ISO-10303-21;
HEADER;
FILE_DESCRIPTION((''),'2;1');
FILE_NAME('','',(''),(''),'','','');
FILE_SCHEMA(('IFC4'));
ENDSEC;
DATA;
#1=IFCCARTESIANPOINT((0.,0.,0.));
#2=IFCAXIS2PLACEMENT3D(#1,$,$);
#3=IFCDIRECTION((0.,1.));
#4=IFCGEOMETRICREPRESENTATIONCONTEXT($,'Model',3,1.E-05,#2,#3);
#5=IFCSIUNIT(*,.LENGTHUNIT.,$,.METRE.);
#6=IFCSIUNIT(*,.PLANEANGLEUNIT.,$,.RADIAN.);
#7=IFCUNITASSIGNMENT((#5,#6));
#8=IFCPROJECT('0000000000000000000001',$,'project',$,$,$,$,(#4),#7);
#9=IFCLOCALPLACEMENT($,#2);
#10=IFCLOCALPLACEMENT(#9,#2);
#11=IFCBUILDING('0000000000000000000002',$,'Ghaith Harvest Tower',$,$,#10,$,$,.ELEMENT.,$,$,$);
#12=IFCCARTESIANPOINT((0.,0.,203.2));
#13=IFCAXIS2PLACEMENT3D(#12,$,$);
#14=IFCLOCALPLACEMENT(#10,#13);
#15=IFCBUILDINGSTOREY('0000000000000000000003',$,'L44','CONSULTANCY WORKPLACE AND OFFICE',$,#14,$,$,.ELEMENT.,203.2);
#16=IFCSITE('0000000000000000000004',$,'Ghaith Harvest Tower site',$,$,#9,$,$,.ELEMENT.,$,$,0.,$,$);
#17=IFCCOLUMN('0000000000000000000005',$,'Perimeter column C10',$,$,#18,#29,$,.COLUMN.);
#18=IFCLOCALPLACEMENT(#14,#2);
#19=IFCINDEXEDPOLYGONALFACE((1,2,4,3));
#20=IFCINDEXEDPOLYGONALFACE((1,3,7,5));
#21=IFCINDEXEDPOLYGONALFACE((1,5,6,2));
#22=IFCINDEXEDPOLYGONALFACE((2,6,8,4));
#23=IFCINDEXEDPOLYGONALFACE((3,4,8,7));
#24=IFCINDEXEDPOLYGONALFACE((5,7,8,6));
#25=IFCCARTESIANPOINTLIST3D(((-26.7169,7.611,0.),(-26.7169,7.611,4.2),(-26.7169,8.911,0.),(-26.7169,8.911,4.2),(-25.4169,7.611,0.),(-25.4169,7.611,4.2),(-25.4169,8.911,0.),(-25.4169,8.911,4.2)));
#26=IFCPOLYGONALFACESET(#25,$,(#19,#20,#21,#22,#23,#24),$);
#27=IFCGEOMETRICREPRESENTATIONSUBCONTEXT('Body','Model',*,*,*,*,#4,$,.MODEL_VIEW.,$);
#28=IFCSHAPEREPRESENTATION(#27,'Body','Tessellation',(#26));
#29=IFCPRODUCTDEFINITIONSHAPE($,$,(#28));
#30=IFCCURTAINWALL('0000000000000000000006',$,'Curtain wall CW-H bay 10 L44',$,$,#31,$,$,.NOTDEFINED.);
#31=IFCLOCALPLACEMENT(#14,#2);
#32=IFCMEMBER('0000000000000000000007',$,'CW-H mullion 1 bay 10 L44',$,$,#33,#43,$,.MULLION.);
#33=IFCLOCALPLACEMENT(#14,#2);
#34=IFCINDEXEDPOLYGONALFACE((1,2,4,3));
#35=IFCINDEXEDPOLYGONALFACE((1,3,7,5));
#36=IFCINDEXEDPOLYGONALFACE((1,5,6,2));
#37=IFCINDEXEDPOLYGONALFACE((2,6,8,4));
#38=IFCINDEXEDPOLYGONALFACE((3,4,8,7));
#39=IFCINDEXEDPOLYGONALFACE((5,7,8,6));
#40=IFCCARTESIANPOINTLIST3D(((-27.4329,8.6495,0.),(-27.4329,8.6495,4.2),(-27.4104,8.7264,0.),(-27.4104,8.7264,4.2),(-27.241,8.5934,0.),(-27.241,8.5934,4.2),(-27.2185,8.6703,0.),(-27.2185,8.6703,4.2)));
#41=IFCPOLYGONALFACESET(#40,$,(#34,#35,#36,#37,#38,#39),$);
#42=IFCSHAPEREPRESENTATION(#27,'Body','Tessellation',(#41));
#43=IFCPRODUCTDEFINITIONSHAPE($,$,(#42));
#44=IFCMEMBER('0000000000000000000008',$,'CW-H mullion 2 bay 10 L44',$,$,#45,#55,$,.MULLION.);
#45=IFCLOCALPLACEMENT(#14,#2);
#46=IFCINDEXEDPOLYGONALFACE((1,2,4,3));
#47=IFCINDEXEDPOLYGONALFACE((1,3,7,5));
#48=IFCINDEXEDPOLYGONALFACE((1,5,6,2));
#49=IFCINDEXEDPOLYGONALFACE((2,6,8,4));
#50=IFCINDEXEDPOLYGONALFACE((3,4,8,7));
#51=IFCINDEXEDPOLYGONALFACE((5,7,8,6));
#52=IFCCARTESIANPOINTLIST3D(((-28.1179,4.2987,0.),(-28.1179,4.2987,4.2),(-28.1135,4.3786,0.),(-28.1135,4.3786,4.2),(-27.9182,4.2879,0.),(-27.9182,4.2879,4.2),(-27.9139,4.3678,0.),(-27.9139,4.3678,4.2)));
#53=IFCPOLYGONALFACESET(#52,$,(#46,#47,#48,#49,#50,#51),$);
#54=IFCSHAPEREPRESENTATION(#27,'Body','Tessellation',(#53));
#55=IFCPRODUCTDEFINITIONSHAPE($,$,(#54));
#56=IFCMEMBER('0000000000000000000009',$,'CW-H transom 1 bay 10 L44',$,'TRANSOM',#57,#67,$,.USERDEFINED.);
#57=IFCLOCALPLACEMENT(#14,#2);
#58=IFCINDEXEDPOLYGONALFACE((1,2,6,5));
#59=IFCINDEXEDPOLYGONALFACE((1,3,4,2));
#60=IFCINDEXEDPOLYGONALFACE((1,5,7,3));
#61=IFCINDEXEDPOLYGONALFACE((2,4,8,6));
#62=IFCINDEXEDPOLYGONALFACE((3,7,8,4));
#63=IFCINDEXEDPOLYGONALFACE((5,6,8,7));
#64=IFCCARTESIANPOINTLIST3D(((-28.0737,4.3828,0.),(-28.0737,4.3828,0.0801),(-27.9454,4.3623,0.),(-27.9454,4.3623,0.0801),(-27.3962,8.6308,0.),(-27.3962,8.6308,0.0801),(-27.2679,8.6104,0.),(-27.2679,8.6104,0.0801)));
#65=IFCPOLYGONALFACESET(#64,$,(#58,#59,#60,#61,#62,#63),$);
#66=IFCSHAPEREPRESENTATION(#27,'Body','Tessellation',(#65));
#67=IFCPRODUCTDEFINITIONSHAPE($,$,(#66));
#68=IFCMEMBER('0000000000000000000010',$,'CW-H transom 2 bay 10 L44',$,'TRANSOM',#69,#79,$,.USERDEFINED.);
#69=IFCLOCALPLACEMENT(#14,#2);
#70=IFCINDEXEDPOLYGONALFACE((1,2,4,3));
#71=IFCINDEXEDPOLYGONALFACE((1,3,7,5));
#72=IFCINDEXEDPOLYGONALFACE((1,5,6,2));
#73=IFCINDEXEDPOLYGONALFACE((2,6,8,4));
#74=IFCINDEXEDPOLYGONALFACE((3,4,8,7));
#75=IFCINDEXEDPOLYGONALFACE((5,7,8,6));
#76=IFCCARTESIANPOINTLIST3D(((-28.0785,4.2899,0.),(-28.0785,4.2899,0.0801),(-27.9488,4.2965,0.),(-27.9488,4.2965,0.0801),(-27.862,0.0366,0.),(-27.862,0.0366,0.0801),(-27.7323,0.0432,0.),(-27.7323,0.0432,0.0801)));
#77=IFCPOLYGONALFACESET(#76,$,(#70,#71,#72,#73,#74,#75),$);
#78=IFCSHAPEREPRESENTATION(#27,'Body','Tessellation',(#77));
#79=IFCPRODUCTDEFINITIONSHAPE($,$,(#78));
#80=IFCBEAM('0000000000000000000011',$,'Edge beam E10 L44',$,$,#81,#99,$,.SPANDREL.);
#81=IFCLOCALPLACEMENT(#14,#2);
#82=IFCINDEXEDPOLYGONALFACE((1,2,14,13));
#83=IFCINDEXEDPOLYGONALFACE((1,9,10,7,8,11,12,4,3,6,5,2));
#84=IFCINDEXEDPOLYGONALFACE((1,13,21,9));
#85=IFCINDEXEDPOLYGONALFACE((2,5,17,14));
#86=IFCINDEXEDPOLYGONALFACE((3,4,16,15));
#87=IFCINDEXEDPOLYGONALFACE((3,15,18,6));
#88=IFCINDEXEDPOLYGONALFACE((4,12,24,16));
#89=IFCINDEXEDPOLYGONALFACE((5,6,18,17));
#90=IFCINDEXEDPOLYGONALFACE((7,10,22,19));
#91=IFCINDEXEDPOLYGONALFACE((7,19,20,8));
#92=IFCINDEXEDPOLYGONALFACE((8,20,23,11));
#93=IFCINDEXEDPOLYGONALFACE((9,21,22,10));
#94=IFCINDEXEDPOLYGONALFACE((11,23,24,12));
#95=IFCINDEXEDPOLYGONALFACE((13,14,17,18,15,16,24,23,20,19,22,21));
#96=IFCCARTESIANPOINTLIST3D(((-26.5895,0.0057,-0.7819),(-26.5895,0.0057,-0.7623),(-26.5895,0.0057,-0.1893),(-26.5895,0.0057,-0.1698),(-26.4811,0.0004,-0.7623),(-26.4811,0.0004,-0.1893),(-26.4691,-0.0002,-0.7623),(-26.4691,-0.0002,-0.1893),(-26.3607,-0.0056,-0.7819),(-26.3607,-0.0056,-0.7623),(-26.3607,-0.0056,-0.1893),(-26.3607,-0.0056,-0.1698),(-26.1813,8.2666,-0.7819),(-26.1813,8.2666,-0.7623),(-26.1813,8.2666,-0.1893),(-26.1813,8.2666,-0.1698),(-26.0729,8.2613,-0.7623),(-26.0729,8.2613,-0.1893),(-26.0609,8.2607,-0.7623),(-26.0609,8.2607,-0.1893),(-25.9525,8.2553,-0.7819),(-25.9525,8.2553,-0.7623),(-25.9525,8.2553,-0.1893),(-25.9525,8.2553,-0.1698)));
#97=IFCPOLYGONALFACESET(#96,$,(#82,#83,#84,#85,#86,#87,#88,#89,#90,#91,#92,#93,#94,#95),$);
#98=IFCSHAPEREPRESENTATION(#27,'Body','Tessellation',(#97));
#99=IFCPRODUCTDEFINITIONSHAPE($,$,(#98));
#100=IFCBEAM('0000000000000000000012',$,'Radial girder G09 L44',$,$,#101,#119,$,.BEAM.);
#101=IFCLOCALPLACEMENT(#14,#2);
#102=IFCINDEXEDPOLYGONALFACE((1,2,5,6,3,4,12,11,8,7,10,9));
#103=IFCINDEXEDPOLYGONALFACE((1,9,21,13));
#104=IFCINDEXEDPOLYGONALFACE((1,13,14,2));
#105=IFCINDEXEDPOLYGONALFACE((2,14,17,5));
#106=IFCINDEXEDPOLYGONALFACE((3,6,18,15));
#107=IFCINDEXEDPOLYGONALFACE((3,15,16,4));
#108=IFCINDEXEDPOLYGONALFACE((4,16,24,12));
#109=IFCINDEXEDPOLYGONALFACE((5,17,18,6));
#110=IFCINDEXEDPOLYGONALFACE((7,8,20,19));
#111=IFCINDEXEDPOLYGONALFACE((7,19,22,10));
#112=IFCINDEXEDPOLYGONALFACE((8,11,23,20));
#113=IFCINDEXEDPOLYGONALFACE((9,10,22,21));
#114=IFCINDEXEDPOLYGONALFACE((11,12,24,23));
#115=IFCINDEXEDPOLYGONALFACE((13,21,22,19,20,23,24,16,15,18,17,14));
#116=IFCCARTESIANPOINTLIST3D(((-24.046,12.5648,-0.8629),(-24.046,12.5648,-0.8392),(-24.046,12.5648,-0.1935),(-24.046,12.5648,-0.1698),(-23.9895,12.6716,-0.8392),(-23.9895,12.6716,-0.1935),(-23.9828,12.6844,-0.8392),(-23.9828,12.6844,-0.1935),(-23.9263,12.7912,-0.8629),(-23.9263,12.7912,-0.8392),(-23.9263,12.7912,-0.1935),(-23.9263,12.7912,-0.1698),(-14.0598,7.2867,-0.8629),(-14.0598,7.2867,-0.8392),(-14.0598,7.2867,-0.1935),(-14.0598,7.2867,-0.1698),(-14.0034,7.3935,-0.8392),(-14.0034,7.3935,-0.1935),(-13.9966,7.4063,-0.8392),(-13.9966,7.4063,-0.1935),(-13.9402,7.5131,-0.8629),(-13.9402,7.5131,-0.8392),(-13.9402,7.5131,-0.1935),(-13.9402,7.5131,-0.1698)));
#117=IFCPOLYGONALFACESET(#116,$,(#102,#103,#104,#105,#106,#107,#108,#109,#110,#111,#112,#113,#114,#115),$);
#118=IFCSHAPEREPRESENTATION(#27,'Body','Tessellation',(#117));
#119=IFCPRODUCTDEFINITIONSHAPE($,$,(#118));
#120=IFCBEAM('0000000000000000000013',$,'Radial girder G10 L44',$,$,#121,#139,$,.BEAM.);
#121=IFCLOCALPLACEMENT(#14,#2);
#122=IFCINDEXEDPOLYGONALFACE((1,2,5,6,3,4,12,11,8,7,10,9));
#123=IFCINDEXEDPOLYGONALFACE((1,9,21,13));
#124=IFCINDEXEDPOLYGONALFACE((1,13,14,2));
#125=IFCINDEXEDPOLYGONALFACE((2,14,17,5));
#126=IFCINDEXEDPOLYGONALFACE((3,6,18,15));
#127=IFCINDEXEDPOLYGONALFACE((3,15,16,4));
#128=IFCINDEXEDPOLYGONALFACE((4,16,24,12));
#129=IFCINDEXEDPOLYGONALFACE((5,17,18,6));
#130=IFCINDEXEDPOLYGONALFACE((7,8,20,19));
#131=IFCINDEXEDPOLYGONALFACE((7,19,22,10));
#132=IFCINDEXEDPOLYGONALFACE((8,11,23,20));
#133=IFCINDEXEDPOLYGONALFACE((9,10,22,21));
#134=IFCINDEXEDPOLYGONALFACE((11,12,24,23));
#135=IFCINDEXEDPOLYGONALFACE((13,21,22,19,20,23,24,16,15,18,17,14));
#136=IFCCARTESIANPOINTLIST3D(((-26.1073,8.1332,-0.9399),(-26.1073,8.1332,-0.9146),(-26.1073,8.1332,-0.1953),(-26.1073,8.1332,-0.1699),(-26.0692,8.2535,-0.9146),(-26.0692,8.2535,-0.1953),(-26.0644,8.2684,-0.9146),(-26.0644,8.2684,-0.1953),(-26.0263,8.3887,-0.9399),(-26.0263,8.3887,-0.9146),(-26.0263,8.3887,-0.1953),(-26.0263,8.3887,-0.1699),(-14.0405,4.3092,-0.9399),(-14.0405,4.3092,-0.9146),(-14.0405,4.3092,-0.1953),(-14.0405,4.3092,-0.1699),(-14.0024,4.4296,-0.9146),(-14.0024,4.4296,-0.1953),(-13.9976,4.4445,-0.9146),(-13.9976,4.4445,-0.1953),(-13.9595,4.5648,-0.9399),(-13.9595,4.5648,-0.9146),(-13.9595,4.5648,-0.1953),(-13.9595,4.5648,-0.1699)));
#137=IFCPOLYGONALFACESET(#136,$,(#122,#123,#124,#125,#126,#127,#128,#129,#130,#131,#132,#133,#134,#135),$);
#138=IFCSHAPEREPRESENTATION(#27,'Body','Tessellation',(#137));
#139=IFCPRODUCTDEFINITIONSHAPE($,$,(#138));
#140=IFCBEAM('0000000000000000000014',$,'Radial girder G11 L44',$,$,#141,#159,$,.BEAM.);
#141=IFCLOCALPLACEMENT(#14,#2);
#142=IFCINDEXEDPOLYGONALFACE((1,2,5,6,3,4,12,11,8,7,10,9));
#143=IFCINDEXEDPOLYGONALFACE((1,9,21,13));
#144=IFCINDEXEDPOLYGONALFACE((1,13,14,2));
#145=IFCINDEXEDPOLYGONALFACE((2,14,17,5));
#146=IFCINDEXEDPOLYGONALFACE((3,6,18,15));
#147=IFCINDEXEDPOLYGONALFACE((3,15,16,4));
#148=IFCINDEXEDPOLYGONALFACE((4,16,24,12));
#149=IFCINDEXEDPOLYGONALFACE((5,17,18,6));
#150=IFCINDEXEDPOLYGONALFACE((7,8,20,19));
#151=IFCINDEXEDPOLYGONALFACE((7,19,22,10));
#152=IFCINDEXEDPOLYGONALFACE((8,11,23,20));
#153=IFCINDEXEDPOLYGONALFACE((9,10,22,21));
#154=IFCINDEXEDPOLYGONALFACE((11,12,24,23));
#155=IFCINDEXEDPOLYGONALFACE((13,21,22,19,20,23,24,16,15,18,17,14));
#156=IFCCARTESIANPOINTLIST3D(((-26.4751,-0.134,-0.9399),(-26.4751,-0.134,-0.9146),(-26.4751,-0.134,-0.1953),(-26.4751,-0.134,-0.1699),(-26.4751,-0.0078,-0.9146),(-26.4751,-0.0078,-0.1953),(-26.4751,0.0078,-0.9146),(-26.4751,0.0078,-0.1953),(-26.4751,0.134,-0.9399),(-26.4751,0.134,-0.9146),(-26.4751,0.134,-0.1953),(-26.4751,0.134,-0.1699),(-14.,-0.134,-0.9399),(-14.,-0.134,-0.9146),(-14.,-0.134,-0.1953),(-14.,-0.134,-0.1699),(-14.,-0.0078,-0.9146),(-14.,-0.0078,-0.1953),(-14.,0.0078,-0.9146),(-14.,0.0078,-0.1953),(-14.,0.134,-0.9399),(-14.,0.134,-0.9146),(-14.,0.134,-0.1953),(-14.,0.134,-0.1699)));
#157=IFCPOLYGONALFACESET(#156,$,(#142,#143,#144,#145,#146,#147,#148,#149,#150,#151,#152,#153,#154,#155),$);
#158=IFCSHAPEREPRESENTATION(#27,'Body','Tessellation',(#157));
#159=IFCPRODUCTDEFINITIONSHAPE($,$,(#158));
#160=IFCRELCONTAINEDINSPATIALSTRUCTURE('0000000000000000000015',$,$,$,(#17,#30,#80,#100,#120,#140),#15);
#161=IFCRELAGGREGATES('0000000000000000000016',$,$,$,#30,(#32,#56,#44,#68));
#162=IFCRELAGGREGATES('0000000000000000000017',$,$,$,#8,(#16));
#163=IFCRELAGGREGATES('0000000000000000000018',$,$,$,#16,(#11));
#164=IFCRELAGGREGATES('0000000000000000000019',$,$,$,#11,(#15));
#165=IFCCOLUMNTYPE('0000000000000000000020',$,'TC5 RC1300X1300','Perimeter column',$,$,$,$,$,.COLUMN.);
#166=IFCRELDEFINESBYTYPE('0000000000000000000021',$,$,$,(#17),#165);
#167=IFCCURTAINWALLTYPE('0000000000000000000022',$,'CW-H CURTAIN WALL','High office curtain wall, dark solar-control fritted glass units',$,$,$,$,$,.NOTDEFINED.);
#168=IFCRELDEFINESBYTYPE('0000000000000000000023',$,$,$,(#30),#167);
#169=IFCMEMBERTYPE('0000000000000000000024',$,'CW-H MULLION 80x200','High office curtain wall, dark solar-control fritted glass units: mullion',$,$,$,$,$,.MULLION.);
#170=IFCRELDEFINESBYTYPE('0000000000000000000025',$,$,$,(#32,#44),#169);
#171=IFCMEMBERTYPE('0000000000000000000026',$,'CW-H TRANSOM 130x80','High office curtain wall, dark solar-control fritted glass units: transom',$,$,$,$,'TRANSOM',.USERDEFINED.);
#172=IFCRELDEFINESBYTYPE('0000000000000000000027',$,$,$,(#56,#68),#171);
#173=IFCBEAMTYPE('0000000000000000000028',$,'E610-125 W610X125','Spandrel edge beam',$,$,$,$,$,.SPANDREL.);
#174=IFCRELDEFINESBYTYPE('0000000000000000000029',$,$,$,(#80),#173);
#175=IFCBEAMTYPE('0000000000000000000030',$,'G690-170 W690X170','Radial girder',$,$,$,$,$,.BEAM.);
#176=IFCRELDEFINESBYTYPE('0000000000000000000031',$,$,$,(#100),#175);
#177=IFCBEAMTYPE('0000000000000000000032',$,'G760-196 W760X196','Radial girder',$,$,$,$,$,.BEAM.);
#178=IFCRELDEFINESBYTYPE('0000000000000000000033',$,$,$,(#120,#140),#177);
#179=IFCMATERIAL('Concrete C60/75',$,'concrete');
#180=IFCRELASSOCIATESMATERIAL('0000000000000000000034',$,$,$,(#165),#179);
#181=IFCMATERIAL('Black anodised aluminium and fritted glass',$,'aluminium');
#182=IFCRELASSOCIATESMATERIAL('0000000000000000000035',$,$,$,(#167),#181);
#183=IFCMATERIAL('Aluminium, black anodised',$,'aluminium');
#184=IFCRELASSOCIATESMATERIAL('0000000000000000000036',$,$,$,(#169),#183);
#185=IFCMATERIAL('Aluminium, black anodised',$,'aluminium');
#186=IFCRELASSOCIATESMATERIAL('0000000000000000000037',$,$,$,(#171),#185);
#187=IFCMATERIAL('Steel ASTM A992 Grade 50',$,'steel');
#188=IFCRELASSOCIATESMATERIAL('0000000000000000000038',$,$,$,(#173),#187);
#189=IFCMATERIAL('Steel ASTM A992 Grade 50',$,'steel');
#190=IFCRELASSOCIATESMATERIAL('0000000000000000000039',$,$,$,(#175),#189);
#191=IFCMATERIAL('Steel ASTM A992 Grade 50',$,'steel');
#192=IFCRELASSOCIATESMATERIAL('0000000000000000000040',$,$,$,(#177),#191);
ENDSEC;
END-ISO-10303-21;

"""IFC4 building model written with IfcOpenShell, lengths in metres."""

from ifc_helpers import new_model, si_unit, direction, frame, origin, origin_2d, place, context, subcontext, project, spatial, rectangle, i_section, extrude, material, material_profile, profile_set, type_object, element, aggregate, save


model = new_model("IFC4")

# Units and contexts
model_context = context("Model", 3, precision=1e-05, world=origin(), true_north=direction((0.0, 1.0)))
body_context = subcontext(model_context, "Body", "Model", "MODEL_VIEW")
ifc_project = project(units=[si_unit("LENGTHUNIT", "METRE"), si_unit("PLANEANGLEUNIT", "RADIAN")], contexts=[model_context])

# Site, building, storey
site_placement = place(None, origin())
site = spatial("IfcSite", under=ifc_project, at=site_placement, Name="Ghaith Harvest Tower site", CompositionType="ELEMENT", RefElevation=0.0)
building_placement = place(site_placement, origin())
building = spatial("IfcBuilding", under=site, at=building_placement, Name="Ghaith Harvest Tower", CompositionType="ELEMENT")
storey_placement = place(building_placement, frame((0.0, 0.0, 203.2)))
storey = spatial("IfcBuildingStorey", under=building, at=storey_placement, Name="L44", Description="CONSULTANCY WORKPLACE AND OFFICE", CompositionType="ELEMENT", Elevation=203.2)

# Column
ifc_material_1 = material(Name="Concrete C60/75", Category="concrete")
ifc_material_profile_1 = material_profile(ifc_material_1, rectangle(XDim=1.3, YDim=1.3, at=origin_2d()), Name="RC1300X1300")
ifc_profile_set_1 = profile_set([ifc_material_profile_1], Name="Concrete C60/75")
column_type = type_object("IfcColumnType", Name="TC5 RC1300X1300", Description="Perimeter column", PredefinedType="COLUMN", material=ifc_profile_set_1)
column_placement = place(storey_placement, frame((-26.0669, 8.261, 0.0), z_axis=(0.0, 0.0, 1.0), x_axis=(1.0, 0.0, 0.0)))
element("IfcColumn", 1, at=column_placement, inside=storey, type_object=column_type, Name="Perimeter column C10", PredefinedType="COLUMN", context=body_context, shape_type="SweptSolid", body=[
    extrude(rectangle(XDim=1.3, YDim=1.3, at=origin_2d()), origin(), (0.0, 0.0, 1.0), 4.2),
])

# Curtain wall, members
ifc_material_2 = material(Name="Black anodised aluminium and fritted glass", Category="aluminium")
curtain_wall_type = type_object("IfcCurtainWallType", Name="CW-H CURTAIN WALL", Description="High office curtain wall, dark solar-control fritted glass units", PredefinedType="NOTDEFINED", material=ifc_material_2)
curtain_wall_placement = place(storey_placement, origin())
curtain_wall = element("IfcCurtainWall", 2, at=curtain_wall_placement, inside=storey, type_object=curtain_wall_type, Name="Curtain wall CW-H bay 10 L44", PredefinedType="NOTDEFINED")
ifc_material_3 = material(Name="Aluminium, black anodised", Category="aluminium")
ifc_material_profile_2 = material_profile(ifc_material_3, rectangle(XDim=0.0801, YDim=0.2, at=origin_2d()), Name="CW-H MULLION 80x200")
ifc_profile_set_2 = profile_set([ifc_material_profile_2], Name="Aluminium, black anodised")
member_type_1 = type_object("IfcMemberType", Name="CW-H MULLION 80x200", Description="High office curtain wall, dark solar-control fritted glass units: mullion", PredefinedType="MULLION", material=ifc_profile_set_2)
member_1_placement = place(storey_placement, frame((-27.3257, 8.6599, 0.0), z_axis=(0.0, 0.0, 1.0), x_axis=(-0.28052, -0.959848, 0.0)))
member_1 = element("IfcMember", 3, at=member_1_placement, type_object=member_type_1, Name="CW-H mullion 1 bay 10 L44", PredefinedType="MULLION", context=body_context, shape_type="SweptSolid", body=[
    extrude(rectangle(XDim=0.0801, YDim=0.2, at=origin_2d()), origin(), (0.0, 0.0, 1.0), 4.2),
])
member_2_placement = place(storey_placement, frame((-28.0159, 4.3333, 0.0), z_axis=(0.0, 0.0, 1.0), x_axis=(-0.054116, -0.998535, 0.0)))
member_2 = element("IfcMember", 4, at=member_2_placement, type_object=member_type_1, Name="CW-H mullion 2 bay 10 L44", PredefinedType="MULLION", context=body_context, shape_type="SweptSolid", body=[
    extrude(rectangle(XDim=0.0801, YDim=0.2, at=origin_2d()), origin(), (0.0, 0.0, 1.0), 4.2),
])
ifc_material_4 = material(Name="Aluminium, black anodised", Category="aluminium")
ifc_material_profile_3 = material_profile(ifc_material_4, rectangle(XDim=0.1299, YDim=0.0801, at=origin_2d()), Name="CW-H TRANSOM 130x80")
ifc_profile_set_3 = profile_set([ifc_material_profile_3], Name="Aluminium, black anodised")
member_type_2 = type_object("IfcMemberType", Name="CW-H TRANSOM 130x80", Description="High office curtain wall, dark solar-control fritted glass units: transom", ElementType="TRANSOM", PredefinedType="USERDEFINED", material=ifc_profile_set_3)
member_3_placement = place(storey_placement, frame((-27.332, 8.6206, 0.04), z_axis=(-0.157492, -0.98752, 0.0), x_axis=(0.98752, -0.157492, 0.0)))
member_3 = element("IfcMember", 5, at=member_3_placement, type_object=member_type_2, Name="CW-H transom 1 bay 10 L44", ObjectType="TRANSOM", PredefinedType="USERDEFINED", context=body_context, shape_type="SweptSolid", body=[
    extrude(rectangle(XDim=0.1299, YDim=0.0801, at=origin_2d()), origin(), (0.0, 0.0, 1.0), 4.3018),
])
member_4_placement = place(storey_placement, frame((-28.0137, 4.2932, 0.04), z_axis=(0.05085, -0.998706, 0.0), x_axis=(0.998706, 0.05085, 0.0)))
member_4 = element("IfcMember", 6, at=member_4_placement, type_object=member_type_2, Name="CW-H transom 2 bay 10 L44", ObjectType="TRANSOM", PredefinedType="USERDEFINED", context=body_context, shape_type="SweptSolid", body=[
    extrude(rectangle(XDim=0.1299, YDim=0.0801, at=origin_2d()), origin(), (0.0, 0.0, 1.0), 4.2588),
])

# Beams
ifc_material_5 = material(Name="Steel ASTM A992 Grade 50", Category="steel")
ifc_material_profile_4 = material_profile(ifc_material_5, i_section(OverallWidth=0.229, OverallDepth=0.6121, WebThickness=0.012, FlangeThickness=0.0195, at=origin_2d()), Name="W610X125")
ifc_profile_set_4 = profile_set([ifc_material_profile_4], Name="Steel ASTM A992 Grade 50")
beam_type_1 = type_object("IfcBeamType", Name="E610-125 W610X125", Description="Spandrel edge beam", PredefinedType="SPANDREL", material=ifc_profile_set_4)
beam_1_placement = place(storey_placement, frame((-26.0669, 8.261, -0.4758), z_axis=(-0.049353, -0.998781, 0.0), x_axis=(0.998781, -0.049353, 0.0)))
element("IfcBeam", 7, at=beam_1_placement, inside=storey, type_object=beam_type_1, Name="Edge beam E10 L44", PredefinedType="SPANDREL", context=body_context, shape_type="SweptSolid", body=[
    extrude(i_section(OverallWidth=0.229, OverallDepth=0.6121, WebThickness=0.012, FlangeThickness=0.0195, at=origin_2d()), origin(), (0.0, 0.0, 1.0), 8.271),
])
ifc_material_6 = material(Name="Steel ASTM A992 Grade 50", Category="steel")
ifc_material_profile_5 = material_profile(ifc_material_6, i_section(OverallWidth=0.2561, OverallDepth=0.6931, WebThickness=0.0144, FlangeThickness=0.0237, at=origin_2d()), Name="W690X170")
ifc_profile_set_5 = profile_set([ifc_material_profile_5], Name="Steel ASTM A992 Grade 50")
beam_type_2 = type_object("IfcBeamType", Name="G690-170 W690X170", Description="Radial girder", PredefinedType="BEAM", material=ifc_profile_set_5)
beam_2_placement = place(storey_placement, frame((-14.0, 7.3999, -0.5164), z_axis=(-0.884105, 0.467288, 0.0), x_axis=(-0.467288, -0.884105, 0.0)))
element("IfcBeam", 8, at=beam_2_placement, inside=storey, type_object=beam_type_2, Name="Radial girder G09 L44", PredefinedType="BEAM", context=body_context, shape_type="SweptSolid", body=[
    extrude(i_section(OverallWidth=0.2561, OverallDepth=0.6931, WebThickness=0.0144, FlangeThickness=0.0237, at=origin_2d()), origin(), (0.0, 0.0, 1.0), 11.2952),
])
ifc_material_7 = material(Name="Steel ASTM A992 Grade 50", Category="steel")
ifc_material_profile_6 = material_profile(ifc_material_7, i_section(OverallWidth=0.2681, OverallDepth=0.77, WebThickness=0.0156, FlangeThickness=0.0254, at=origin_2d()), Name="W760X196")
ifc_profile_set_6 = profile_set([ifc_material_profile_6], Name="Steel ASTM A992 Grade 50")
beam_type_3 = type_object("IfcBeamType", Name="G760-196 W760X196", Description="Radial girder", PredefinedType="BEAM", material=ifc_profile_set_6)
beam_3_placement = place(storey_placement, frame((-14.0, 4.437, -0.5549), z_axis=(-0.953279, 0.302092, 0.0), x_axis=(-0.302092, -0.953279, 0.0)))
element("IfcBeam", 9, at=beam_3_placement, inside=storey, type_object=beam_type_3, Name="Radial girder G10 L44", PredefinedType="BEAM", context=body_context, shape_type="SweptSolid", body=[
    extrude(i_section(OverallWidth=0.2681, OverallDepth=0.77, WebThickness=0.0156, FlangeThickness=0.0254, at=origin_2d()), origin(), (0.0, 0.0, 1.0), 12.6582),
])
beam_4_placement = place(storey_placement, frame((-14.0, 0.0, -0.5549), z_axis=(-1.0, 0.0, 0.0), x_axis=(0.0, -1.0, 0.0)))
element("IfcBeam", 10, at=beam_4_placement, inside=storey, type_object=beam_type_3, Name="Radial girder G11 L44", PredefinedType="BEAM", context=body_context, shape_type="SweptSolid", body=[
    extrude(i_section(OverallWidth=0.2681, OverallDepth=0.77, WebThickness=0.0156, FlangeThickness=0.0254, at=origin_2d()), origin(), (0.0, 0.0, 1.0), 12.4751),
])

aggregate(curtain_wall, [member_1, member_3, member_2, member_4])

save(model, "model.ifc")
